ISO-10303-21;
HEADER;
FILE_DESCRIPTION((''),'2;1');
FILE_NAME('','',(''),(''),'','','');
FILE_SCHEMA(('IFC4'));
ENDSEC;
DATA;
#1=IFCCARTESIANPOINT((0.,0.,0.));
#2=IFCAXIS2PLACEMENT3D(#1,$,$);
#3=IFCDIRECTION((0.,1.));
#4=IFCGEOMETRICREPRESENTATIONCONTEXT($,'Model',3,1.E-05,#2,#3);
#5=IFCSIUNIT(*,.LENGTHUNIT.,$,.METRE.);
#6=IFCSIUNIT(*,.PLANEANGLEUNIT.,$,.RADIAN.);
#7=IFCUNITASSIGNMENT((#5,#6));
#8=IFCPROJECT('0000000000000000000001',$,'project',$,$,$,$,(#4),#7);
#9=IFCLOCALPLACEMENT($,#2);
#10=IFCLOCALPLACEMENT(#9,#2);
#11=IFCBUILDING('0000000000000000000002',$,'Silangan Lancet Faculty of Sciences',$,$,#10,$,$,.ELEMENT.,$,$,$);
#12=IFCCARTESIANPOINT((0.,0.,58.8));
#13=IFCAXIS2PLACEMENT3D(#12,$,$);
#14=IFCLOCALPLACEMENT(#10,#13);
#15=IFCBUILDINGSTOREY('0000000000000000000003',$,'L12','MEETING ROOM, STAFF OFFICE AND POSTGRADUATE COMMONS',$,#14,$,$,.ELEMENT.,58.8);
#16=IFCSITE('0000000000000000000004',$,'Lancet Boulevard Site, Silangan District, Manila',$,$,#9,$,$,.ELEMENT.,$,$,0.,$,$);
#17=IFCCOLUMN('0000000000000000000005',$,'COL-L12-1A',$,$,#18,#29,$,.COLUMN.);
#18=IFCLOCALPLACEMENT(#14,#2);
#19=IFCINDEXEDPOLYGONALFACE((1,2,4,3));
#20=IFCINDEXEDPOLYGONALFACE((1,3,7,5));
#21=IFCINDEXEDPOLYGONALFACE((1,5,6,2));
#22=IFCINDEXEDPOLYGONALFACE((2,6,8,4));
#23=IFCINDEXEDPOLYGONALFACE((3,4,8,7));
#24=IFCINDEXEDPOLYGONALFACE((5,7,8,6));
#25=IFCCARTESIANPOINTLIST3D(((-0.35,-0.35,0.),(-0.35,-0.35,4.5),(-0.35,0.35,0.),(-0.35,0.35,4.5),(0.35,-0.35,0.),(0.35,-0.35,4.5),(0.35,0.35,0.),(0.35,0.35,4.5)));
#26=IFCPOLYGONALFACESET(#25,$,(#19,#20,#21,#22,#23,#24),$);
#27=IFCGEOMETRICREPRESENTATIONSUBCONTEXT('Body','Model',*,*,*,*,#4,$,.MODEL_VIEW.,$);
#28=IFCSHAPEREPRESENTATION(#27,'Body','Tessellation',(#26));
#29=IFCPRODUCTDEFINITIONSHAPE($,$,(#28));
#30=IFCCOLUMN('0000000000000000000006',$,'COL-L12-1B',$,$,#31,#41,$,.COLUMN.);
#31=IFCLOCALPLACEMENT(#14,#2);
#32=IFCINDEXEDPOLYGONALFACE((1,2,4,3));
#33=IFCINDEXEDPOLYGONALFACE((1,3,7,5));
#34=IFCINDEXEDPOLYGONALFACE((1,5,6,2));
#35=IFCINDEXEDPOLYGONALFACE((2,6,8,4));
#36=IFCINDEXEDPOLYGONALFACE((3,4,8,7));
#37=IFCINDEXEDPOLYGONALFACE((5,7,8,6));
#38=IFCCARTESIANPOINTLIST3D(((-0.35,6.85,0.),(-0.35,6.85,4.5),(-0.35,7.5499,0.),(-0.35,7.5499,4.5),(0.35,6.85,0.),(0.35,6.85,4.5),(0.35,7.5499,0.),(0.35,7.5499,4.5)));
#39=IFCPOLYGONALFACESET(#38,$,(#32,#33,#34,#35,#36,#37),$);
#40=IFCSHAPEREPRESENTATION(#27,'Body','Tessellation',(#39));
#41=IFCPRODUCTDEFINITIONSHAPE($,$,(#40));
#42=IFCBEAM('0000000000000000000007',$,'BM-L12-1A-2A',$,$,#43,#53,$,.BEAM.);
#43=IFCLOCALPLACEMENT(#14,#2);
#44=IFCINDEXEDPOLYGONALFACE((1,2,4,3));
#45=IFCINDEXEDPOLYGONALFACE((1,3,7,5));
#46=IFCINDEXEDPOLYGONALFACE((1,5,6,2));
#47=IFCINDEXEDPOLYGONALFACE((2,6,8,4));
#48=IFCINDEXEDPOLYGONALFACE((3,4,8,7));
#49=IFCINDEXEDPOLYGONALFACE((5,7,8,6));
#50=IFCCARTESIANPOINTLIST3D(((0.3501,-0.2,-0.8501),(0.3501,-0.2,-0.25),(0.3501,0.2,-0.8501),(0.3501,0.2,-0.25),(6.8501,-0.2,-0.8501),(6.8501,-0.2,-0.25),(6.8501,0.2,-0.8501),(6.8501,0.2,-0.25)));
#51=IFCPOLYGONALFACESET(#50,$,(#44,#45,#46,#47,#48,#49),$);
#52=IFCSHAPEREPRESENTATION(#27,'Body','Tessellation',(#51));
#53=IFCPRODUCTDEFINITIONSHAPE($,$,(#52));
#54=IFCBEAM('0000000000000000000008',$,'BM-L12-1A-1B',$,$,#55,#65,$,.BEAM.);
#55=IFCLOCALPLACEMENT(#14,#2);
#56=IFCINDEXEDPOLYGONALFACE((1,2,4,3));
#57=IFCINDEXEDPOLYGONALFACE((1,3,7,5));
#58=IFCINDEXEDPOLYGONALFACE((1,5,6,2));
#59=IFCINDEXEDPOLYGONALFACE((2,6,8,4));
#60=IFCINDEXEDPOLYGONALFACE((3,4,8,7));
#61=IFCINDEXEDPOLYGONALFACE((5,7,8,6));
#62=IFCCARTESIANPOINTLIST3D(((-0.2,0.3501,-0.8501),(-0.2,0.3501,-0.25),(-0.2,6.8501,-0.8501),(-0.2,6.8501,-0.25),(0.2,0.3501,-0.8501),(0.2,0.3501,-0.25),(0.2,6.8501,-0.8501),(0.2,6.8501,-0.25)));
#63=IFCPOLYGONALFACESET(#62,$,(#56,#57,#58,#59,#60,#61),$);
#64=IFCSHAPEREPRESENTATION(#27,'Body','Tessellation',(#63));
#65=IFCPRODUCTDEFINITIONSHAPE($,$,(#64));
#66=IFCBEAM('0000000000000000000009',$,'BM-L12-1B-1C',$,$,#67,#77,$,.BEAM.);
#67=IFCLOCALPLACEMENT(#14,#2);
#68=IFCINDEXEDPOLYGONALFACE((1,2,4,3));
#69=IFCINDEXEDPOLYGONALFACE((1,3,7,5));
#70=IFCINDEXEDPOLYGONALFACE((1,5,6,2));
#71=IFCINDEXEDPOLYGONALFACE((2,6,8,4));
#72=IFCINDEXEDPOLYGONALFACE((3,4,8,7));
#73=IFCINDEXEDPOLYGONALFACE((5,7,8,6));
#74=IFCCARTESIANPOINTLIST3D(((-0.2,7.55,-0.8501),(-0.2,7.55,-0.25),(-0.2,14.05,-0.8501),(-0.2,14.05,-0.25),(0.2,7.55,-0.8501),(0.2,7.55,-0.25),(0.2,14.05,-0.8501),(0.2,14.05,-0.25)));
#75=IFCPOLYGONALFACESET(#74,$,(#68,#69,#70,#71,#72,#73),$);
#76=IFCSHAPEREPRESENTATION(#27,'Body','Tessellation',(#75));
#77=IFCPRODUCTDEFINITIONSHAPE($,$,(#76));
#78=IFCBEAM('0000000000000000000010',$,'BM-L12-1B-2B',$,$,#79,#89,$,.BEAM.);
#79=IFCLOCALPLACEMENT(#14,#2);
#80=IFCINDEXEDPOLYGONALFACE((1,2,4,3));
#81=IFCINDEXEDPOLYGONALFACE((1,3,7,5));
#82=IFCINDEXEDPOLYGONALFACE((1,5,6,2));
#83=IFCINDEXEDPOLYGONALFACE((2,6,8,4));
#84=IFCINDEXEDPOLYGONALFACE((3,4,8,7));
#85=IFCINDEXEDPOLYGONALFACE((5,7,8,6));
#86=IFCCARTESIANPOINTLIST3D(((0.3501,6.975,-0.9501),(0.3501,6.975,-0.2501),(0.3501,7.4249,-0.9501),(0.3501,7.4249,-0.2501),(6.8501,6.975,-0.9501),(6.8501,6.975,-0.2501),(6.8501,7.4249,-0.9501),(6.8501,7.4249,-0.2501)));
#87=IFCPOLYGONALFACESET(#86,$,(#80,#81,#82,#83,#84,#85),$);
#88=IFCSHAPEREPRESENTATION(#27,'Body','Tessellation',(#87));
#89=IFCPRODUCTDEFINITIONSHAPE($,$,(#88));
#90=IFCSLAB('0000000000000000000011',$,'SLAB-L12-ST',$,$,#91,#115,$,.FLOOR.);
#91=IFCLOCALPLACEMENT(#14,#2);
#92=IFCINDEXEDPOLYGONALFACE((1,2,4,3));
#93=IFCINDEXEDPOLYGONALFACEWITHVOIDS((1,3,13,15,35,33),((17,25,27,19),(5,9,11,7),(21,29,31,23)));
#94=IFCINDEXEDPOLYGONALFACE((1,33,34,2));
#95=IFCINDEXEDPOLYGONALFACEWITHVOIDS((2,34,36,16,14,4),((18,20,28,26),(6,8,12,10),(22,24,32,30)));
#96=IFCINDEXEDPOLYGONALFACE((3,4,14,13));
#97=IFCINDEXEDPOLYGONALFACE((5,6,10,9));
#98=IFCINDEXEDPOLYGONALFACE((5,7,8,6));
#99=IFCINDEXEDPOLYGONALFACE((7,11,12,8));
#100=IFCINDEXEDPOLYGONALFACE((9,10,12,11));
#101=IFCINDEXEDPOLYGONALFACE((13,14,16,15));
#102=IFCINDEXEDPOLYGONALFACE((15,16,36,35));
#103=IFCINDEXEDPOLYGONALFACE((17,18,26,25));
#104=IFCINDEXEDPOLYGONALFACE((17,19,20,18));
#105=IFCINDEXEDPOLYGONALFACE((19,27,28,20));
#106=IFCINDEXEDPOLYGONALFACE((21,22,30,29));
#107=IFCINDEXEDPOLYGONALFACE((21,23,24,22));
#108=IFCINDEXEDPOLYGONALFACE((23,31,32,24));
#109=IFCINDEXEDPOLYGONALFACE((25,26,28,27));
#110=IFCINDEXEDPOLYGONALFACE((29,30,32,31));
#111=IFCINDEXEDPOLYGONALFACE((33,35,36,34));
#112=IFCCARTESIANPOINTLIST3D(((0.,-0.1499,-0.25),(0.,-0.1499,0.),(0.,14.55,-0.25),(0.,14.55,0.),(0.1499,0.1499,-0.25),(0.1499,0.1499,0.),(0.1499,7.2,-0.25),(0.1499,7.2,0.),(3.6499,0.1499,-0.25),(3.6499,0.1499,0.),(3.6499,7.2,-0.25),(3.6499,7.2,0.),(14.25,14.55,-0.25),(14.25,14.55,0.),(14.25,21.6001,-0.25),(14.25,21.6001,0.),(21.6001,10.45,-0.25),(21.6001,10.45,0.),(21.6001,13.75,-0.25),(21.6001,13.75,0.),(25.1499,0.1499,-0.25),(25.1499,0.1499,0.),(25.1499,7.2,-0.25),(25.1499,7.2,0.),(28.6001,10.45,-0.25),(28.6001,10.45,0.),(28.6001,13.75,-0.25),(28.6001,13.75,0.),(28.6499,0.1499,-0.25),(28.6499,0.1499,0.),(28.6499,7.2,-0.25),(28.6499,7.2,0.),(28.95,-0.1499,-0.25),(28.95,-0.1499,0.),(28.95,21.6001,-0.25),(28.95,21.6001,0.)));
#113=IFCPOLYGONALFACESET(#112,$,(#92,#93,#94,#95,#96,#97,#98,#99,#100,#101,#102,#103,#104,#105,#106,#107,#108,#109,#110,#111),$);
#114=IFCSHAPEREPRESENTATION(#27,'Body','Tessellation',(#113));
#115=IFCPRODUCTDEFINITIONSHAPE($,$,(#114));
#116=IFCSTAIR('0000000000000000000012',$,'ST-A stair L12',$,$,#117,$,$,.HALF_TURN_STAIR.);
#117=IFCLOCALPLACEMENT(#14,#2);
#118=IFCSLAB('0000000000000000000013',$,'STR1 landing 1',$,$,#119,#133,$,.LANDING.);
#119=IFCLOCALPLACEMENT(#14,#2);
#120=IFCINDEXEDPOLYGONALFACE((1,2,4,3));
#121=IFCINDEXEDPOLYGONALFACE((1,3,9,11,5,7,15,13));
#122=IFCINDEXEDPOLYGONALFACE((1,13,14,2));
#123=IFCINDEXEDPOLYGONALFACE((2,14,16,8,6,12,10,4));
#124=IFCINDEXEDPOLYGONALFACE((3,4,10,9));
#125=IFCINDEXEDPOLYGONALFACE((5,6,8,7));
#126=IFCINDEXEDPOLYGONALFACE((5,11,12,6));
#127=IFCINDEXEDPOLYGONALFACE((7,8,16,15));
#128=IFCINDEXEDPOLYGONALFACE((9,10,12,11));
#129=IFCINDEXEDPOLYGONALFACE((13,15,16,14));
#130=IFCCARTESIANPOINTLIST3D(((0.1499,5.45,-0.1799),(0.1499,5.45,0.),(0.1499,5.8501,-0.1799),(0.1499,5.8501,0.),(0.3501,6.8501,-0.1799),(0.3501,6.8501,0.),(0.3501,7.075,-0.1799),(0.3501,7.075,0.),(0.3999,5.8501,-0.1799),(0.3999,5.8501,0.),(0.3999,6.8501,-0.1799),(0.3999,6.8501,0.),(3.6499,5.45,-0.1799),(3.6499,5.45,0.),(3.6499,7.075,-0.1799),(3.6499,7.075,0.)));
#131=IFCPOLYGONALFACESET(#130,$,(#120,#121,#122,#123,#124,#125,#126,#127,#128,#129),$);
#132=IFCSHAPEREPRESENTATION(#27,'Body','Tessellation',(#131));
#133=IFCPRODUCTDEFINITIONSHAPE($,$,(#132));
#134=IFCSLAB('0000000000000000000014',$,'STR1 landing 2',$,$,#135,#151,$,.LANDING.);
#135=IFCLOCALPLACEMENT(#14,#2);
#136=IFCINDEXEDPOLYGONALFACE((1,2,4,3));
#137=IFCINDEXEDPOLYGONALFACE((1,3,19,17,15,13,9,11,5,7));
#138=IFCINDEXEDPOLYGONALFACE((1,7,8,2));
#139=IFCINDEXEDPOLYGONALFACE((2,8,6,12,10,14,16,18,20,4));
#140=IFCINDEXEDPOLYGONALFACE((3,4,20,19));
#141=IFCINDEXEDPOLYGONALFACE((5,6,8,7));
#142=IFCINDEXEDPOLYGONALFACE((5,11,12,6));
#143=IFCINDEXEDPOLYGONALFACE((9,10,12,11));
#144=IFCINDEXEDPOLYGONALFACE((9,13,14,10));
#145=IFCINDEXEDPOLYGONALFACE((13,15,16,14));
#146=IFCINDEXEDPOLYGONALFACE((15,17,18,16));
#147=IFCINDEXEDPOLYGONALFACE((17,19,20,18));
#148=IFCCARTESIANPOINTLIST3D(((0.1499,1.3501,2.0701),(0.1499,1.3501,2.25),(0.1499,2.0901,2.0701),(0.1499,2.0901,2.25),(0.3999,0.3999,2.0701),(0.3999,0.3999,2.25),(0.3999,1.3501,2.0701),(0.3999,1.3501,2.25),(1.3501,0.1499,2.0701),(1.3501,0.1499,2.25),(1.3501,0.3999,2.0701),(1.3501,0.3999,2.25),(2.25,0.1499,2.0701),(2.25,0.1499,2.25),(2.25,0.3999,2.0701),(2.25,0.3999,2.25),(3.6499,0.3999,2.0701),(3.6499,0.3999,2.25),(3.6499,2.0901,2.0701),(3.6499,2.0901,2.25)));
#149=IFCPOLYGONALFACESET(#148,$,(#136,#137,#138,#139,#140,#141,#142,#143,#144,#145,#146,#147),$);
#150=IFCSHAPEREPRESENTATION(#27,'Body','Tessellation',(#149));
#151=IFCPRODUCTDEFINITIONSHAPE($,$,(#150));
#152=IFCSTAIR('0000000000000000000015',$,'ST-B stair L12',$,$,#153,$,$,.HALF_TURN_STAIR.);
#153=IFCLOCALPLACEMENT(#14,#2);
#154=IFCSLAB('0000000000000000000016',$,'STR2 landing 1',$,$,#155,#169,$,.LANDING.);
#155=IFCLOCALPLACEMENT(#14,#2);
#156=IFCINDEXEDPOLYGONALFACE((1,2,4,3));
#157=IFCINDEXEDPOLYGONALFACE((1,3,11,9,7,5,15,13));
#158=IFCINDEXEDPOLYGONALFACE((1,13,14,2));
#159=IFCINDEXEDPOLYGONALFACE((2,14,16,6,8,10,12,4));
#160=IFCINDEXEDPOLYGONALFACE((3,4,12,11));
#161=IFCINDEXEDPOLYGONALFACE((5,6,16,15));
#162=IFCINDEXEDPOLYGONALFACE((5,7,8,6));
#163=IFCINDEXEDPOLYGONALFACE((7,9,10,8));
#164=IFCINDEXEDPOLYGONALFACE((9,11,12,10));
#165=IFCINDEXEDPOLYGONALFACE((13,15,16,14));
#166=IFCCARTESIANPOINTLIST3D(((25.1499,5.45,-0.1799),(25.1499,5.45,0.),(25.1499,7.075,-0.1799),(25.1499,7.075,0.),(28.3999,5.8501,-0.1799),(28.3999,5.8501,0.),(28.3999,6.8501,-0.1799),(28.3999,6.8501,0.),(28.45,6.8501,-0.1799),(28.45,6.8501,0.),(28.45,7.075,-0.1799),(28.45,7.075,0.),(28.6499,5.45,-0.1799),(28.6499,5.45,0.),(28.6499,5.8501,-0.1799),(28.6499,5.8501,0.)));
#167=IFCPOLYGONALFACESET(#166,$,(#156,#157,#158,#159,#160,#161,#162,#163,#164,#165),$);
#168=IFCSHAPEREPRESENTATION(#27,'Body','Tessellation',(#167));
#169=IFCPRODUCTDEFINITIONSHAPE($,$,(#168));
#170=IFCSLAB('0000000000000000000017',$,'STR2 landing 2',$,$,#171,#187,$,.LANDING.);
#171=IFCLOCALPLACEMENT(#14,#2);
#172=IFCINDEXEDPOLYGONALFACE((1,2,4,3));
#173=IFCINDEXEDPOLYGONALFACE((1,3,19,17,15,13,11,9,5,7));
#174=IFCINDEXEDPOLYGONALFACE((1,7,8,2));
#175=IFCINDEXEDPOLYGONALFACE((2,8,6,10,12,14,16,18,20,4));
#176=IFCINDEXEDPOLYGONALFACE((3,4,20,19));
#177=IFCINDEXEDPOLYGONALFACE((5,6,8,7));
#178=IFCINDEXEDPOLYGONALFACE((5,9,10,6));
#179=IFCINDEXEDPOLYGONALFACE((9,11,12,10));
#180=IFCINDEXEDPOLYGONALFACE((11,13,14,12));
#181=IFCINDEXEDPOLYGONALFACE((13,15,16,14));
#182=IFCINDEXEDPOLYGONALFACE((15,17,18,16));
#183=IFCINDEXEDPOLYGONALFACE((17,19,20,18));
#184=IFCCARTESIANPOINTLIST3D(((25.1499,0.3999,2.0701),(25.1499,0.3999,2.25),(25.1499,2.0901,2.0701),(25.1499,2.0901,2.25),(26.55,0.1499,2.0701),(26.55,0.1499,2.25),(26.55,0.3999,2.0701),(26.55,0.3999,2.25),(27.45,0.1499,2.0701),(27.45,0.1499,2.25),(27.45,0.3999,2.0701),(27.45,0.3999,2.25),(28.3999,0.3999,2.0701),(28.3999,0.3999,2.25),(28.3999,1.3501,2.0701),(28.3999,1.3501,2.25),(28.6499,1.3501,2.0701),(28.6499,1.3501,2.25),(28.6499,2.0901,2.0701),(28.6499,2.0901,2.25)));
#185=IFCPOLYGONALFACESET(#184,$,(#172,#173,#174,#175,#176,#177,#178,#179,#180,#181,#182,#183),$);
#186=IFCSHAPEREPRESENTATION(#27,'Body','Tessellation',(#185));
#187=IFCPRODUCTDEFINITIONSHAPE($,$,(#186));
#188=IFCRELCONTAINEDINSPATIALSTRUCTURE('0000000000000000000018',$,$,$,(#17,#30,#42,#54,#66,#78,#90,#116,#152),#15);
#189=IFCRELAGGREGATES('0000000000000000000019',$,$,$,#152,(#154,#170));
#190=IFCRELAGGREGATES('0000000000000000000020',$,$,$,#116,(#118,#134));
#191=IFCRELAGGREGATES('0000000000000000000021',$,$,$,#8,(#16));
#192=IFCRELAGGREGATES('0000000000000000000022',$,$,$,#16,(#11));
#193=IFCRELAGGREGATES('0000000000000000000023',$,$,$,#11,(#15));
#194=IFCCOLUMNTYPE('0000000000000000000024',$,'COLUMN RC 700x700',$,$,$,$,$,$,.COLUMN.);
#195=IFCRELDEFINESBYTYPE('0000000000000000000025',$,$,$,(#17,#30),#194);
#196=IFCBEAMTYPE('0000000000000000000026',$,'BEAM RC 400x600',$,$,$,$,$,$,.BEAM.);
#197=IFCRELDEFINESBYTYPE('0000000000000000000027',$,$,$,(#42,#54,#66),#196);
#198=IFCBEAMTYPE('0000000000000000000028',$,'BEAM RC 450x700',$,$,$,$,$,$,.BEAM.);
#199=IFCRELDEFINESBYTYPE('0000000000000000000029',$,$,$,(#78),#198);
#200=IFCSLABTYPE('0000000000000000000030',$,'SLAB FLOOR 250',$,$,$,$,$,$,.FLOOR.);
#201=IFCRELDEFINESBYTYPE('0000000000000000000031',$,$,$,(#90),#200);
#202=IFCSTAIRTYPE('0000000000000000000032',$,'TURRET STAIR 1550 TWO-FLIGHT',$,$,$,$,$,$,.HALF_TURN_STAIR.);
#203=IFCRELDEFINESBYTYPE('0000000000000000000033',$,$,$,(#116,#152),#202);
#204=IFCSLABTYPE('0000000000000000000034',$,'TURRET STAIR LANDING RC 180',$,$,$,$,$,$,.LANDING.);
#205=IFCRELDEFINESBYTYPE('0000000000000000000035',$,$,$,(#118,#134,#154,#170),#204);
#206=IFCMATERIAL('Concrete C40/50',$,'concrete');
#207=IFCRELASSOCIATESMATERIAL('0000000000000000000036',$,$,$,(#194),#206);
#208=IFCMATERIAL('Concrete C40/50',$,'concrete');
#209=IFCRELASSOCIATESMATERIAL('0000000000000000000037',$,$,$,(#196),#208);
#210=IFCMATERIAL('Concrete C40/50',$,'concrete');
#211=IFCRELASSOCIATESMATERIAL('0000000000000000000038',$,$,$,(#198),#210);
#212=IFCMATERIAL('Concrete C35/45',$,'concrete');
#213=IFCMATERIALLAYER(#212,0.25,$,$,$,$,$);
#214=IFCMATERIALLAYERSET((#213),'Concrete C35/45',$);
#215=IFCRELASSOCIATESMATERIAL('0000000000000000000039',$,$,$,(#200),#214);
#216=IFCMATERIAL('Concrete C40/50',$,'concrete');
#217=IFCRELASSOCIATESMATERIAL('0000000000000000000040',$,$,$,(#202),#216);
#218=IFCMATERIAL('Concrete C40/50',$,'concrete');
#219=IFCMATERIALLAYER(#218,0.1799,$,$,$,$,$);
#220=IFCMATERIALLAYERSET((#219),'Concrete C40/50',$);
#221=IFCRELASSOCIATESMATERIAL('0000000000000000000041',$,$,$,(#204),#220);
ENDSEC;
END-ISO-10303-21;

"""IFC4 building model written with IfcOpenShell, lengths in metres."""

from ifc_helpers import new_model, si_unit, direction, frame, origin, origin_2d, place, context, subcontext, project, spatial, polyline, rectangle, outline, extrude, material, layer, layer_set, material_profile, profile_set, type_object, element, aggregate, save


model = new_model("IFC4")

# Units and contexts
model_context = context("Model", 3, precision=1e-05, world=origin(), true_north=direction((0.0, 1.0)))
body_context = subcontext(model_context, "Body", "Model", "MODEL_VIEW")
ifc_project = project(units=[si_unit("LENGTHUNIT", "METRE"), si_unit("PLANEANGLEUNIT", "RADIAN")], contexts=[model_context])

# Site, building, storey
site_placement = place(None, origin())
site = spatial("IfcSite", under=ifc_project, at=site_placement, Name="Lancet Boulevard Site, Silangan District, Manila", CompositionType="ELEMENT", RefElevation=0.0)
building_placement = place(site_placement, origin())
building = spatial("IfcBuilding", under=site, at=building_placement, Name="Silangan Lancet Faculty of Sciences", CompositionType="ELEMENT")
storey_placement = place(building_placement, frame((0.0, 0.0, 58.8)))
storey = spatial("IfcBuildingStorey", under=building, at=storey_placement, Name="L12", Description="MEETING ROOM, STAFF OFFICE AND POSTGRADUATE COMMONS", CompositionType="ELEMENT", Elevation=58.8)

# Columns
ifc_material_1 = material(Name="Concrete C40/50", Category="concrete")
ifc_material_profile_1 = material_profile(ifc_material_1, rectangle(XDim=0.7, YDim=0.7, at=origin_2d()), Name="RC 700x700")
ifc_profile_set_1 = profile_set([ifc_material_profile_1], Name="Concrete C40/50")
column_type = type_object("IfcColumnType", Name="COLUMN RC 700x700", PredefinedType="COLUMN", material=ifc_profile_set_1)
for number, where, z_axis, x_axis, name in (
    (1, (0.0, 0.0, 0.0), (0.0, 0.0, 1.0), (1.0, 0.0, 0.0), "COL-L12-1A"),
    (2, (0.0, 7.2, 0.0), (0.0, 0.0, 1.0), (1.0, 0.0, 0.0), "COL-L12-1B"),
):
    element("IfcColumn", number, at=place(storey_placement, frame(where, z_axis=z_axis, x_axis=x_axis)), inside=storey, type_object=column_type, Name=name, PredefinedType="COLUMN", context=body_context, shape_type="SweptSolid", body=[
        extrude(rectangle(XDim=0.7, YDim=0.7, at=origin_2d()), origin(), (0.0, 0.0, 1.0), 4.5),
    ])

# Beams
ifc_material_2 = material(Name="Concrete C40/50", Category="concrete")
ifc_material_profile_2 = material_profile(ifc_material_2, rectangle(XDim=0.3999, YDim=0.6001, at=origin_2d()), Name="RC 400x600")
ifc_profile_set_2 = profile_set([ifc_material_profile_2], Name="Concrete C40/50")
beam_type_1 = type_object("IfcBeamType", Name="BEAM RC 400x600", PredefinedType="BEAM", material=ifc_profile_set_2)
for number, where, z_axis, x_axis, name in (
    (3, (0.3501, 0.0, -0.55), (1.0, 0.0, 0.0), (0.0, 1.0, 0.0), "BM-L12-1A-2A"),
    (4, (0.0, 0.3501, -0.55), (0.0, 1.0, 0.0), (-1.0, 0.0, 0.0), "BM-L12-1A-1B"),
    (5, (0.0, 7.55, -0.55), (0.0, 1.0, 0.0), (-1.0, 0.0, 0.0), "BM-L12-1B-1C"),
):
    element("IfcBeam", number, at=place(storey_placement, frame(where, z_axis=z_axis, x_axis=x_axis)), inside=storey, type_object=beam_type_1, Name=name, PredefinedType="BEAM", context=body_context, shape_type="SweptSolid", body=[
        extrude(rectangle(XDim=0.3999, YDim=0.6001, at=origin_2d()), origin(), (0.0, 0.0, 1.0), 6.5),
    ])
ifc_material_3 = material(Name="Concrete C40/50", Category="concrete")
ifc_material_profile_3 = material_profile(ifc_material_3, rectangle(XDim=0.45, YDim=0.7, at=origin_2d()), Name="RC 450x700")
ifc_profile_set_3 = profile_set([ifc_material_profile_3], Name="Concrete C40/50")
beam_type_2 = type_object("IfcBeamType", Name="BEAM RC 450x700", PredefinedType="BEAM", material=ifc_profile_set_3)
beam_placement = place(storey_placement, frame((0.3501, 7.2, -0.6001), z_axis=(1.0, 0.0, 0.0), x_axis=(0.0, 1.0, 0.0)))
element("IfcBeam", 6, at=beam_placement, inside=storey, type_object=beam_type_2, Name="BM-L12-1B-2B", PredefinedType="BEAM", context=body_context, shape_type="SweptSolid", body=[
    extrude(rectangle(XDim=0.45, YDim=0.7, at=origin_2d()), origin(), (0.0, 0.0, 1.0), 6.5),
])

# Slab
ifc_material_4 = material(Name="Concrete C35/45", Category="concrete")
ifc_layer_1 = layer(ifc_material_4, 0.25)
ifc_layer_set_1 = layer_set([ifc_layer_1], Name="Concrete C35/45")
slab_type_1 = type_object("IfcSlabType", Name="SLAB FLOOR 250", PredefinedType="FLOOR", material=ifc_layer_set_1)
slab_1_placement = place(storey_placement, frame((0.0, 0.0, -0.25)))
element("IfcSlab", 7, at=slab_1_placement, inside=storey, type_object=slab_type_1, Name="SLAB-L12-ST", PredefinedType="FLOOR", context=body_context, shape_type="SweptSolid", body=[
    extrude(outline(polyline([(0.0, 14.55), (0.0, -0.1499), (28.95, -0.1499), (28.95, 21.6001), (14.25, 21.6001), (14.25, 14.55), (0.0, 14.55)]), holes=[polyline([(0.1499, 0.1499), (0.1499, 7.2), (3.6499, 7.2), (3.6499, 0.1499), (0.1499, 0.1499)]), polyline([(25.1499, 7.2), (28.6499, 7.2), (28.6499, 0.1499), (25.1499, 0.1499), (25.1499, 7.2)]), polyline([(21.6001, 13.75), (28.6001, 13.75), (28.6001, 10.45), (21.6001, 10.45), (21.6001, 13.75)])]), origin(), (0.0, 0.0, 1.0), 0.25),
])

# Stairs, slabs
ifc_material_5 = material(Name="Concrete C40/50", Category="concrete")
stair_type = type_object("IfcStairType", Name="TURRET STAIR 1550 TWO-FLIGHT", PredefinedType="HALF_TURN_STAIR", material=ifc_material_5)
stair_1_placement = place(storey_placement, origin())
stair_1 = element("IfcStair", 8, at=stair_1_placement, inside=storey, type_object=stair_type, Name="ST-A stair L12", PredefinedType="HALF_TURN_STAIR")
ifc_material_6 = material(Name="Concrete C40/50", Category="concrete")
ifc_layer_2 = layer(ifc_material_6, 0.1799)
ifc_layer_set_2 = layer_set([ifc_layer_2], Name="Concrete C40/50")
slab_type_2 = type_object("IfcSlabType", Name="TURRET STAIR LANDING RC 180", PredefinedType="LANDING", material=ifc_layer_set_2)
slab_2_placement = place(storey_placement, frame((0.0, 0.0, -0.1799)))
slab_2 = element("IfcSlab", 9, at=slab_2_placement, type_object=slab_type_2, Name="STR1 landing 1", PredefinedType="LANDING", context=body_context, shape_type="SweptSolid", body=[
    extrude(outline(polyline([(0.3501, 6.8501), (0.3501, 7.075), (3.6499, 7.075), (3.6499, 5.45), (0.1499, 5.45), (0.1499, 5.8501), (0.3999, 5.8501), (0.3999, 6.8501), (0.3501, 6.8501)])), origin(), (0.0, 0.0, 1.0), 0.1799),
])
slab_3_placement = place(storey_placement, frame((0.0, 0.0, 2.0701)))
slab_3 = element("IfcSlab", 10, at=slab_3_placement, type_object=slab_type_2, Name="STR1 landing 2", PredefinedType="LANDING", context=body_context, shape_type="SweptSolid", body=[
    extrude(outline(polyline([(1.3501, 0.1499), (1.3501, 0.3999), (0.3999, 0.3999), (0.3999, 1.3501), (0.1499, 1.3501), (0.1499, 2.0901), (3.6499, 2.0901), (3.6499, 0.3999), (2.25, 0.3999), (2.25, 0.1499), (1.3501, 0.1499)])), origin(), (0.0, 0.0, 1.0), 0.1799),
])
stair_2_placement = place(storey_placement, origin())
stair_2 = element("IfcStair", 11, at=stair_2_placement, inside=storey, type_object=stair_type, Name="ST-B stair L12", PredefinedType="HALF_TURN_STAIR")
slab_4_placement = place(storey_placement, frame((0.0, 0.0, -0.1799)))
slab_4 = element("IfcSlab", 12, at=slab_4_placement, type_object=slab_type_2, Name="STR2 landing 1", PredefinedType="LANDING", context=body_context, shape_type="SweptSolid", body=[
    extrude(outline(polyline([(28.3999, 6.8501), (28.3999, 5.8501), (28.6499, 5.8501), (28.6499, 5.45), (25.1499, 5.45), (25.1499, 7.075), (28.45, 7.075), (28.45, 6.8501), (28.3999, 6.8501)])), origin(), (0.0, 0.0, 1.0), 0.1799),
])
slab_5_placement = place(storey_placement, frame((0.0, 0.0, 2.0701)))
slab_5 = element("IfcSlab", 13, at=slab_5_placement, type_object=slab_type_2, Name="STR2 landing 2", PredefinedType="LANDING", context=body_context, shape_type="SweptSolid", body=[
    extrude(outline(polyline([(26.55, 0.1499), (26.55, 0.3999), (25.1499, 0.3999), (25.1499, 2.0901), (28.6499, 2.0901), (28.6499, 1.3501), (28.3999, 1.3501), (28.3999, 0.3999), (27.45, 0.3999), (27.45, 0.1499), (26.55, 0.1499)])), origin(), (0.0, 0.0, 1.0), 0.1799),
])
aggregate(stair_2, [slab_4, slab_5])

aggregate(stair_1, [slab_2, slab_3])

save(model, "model.ifc")
